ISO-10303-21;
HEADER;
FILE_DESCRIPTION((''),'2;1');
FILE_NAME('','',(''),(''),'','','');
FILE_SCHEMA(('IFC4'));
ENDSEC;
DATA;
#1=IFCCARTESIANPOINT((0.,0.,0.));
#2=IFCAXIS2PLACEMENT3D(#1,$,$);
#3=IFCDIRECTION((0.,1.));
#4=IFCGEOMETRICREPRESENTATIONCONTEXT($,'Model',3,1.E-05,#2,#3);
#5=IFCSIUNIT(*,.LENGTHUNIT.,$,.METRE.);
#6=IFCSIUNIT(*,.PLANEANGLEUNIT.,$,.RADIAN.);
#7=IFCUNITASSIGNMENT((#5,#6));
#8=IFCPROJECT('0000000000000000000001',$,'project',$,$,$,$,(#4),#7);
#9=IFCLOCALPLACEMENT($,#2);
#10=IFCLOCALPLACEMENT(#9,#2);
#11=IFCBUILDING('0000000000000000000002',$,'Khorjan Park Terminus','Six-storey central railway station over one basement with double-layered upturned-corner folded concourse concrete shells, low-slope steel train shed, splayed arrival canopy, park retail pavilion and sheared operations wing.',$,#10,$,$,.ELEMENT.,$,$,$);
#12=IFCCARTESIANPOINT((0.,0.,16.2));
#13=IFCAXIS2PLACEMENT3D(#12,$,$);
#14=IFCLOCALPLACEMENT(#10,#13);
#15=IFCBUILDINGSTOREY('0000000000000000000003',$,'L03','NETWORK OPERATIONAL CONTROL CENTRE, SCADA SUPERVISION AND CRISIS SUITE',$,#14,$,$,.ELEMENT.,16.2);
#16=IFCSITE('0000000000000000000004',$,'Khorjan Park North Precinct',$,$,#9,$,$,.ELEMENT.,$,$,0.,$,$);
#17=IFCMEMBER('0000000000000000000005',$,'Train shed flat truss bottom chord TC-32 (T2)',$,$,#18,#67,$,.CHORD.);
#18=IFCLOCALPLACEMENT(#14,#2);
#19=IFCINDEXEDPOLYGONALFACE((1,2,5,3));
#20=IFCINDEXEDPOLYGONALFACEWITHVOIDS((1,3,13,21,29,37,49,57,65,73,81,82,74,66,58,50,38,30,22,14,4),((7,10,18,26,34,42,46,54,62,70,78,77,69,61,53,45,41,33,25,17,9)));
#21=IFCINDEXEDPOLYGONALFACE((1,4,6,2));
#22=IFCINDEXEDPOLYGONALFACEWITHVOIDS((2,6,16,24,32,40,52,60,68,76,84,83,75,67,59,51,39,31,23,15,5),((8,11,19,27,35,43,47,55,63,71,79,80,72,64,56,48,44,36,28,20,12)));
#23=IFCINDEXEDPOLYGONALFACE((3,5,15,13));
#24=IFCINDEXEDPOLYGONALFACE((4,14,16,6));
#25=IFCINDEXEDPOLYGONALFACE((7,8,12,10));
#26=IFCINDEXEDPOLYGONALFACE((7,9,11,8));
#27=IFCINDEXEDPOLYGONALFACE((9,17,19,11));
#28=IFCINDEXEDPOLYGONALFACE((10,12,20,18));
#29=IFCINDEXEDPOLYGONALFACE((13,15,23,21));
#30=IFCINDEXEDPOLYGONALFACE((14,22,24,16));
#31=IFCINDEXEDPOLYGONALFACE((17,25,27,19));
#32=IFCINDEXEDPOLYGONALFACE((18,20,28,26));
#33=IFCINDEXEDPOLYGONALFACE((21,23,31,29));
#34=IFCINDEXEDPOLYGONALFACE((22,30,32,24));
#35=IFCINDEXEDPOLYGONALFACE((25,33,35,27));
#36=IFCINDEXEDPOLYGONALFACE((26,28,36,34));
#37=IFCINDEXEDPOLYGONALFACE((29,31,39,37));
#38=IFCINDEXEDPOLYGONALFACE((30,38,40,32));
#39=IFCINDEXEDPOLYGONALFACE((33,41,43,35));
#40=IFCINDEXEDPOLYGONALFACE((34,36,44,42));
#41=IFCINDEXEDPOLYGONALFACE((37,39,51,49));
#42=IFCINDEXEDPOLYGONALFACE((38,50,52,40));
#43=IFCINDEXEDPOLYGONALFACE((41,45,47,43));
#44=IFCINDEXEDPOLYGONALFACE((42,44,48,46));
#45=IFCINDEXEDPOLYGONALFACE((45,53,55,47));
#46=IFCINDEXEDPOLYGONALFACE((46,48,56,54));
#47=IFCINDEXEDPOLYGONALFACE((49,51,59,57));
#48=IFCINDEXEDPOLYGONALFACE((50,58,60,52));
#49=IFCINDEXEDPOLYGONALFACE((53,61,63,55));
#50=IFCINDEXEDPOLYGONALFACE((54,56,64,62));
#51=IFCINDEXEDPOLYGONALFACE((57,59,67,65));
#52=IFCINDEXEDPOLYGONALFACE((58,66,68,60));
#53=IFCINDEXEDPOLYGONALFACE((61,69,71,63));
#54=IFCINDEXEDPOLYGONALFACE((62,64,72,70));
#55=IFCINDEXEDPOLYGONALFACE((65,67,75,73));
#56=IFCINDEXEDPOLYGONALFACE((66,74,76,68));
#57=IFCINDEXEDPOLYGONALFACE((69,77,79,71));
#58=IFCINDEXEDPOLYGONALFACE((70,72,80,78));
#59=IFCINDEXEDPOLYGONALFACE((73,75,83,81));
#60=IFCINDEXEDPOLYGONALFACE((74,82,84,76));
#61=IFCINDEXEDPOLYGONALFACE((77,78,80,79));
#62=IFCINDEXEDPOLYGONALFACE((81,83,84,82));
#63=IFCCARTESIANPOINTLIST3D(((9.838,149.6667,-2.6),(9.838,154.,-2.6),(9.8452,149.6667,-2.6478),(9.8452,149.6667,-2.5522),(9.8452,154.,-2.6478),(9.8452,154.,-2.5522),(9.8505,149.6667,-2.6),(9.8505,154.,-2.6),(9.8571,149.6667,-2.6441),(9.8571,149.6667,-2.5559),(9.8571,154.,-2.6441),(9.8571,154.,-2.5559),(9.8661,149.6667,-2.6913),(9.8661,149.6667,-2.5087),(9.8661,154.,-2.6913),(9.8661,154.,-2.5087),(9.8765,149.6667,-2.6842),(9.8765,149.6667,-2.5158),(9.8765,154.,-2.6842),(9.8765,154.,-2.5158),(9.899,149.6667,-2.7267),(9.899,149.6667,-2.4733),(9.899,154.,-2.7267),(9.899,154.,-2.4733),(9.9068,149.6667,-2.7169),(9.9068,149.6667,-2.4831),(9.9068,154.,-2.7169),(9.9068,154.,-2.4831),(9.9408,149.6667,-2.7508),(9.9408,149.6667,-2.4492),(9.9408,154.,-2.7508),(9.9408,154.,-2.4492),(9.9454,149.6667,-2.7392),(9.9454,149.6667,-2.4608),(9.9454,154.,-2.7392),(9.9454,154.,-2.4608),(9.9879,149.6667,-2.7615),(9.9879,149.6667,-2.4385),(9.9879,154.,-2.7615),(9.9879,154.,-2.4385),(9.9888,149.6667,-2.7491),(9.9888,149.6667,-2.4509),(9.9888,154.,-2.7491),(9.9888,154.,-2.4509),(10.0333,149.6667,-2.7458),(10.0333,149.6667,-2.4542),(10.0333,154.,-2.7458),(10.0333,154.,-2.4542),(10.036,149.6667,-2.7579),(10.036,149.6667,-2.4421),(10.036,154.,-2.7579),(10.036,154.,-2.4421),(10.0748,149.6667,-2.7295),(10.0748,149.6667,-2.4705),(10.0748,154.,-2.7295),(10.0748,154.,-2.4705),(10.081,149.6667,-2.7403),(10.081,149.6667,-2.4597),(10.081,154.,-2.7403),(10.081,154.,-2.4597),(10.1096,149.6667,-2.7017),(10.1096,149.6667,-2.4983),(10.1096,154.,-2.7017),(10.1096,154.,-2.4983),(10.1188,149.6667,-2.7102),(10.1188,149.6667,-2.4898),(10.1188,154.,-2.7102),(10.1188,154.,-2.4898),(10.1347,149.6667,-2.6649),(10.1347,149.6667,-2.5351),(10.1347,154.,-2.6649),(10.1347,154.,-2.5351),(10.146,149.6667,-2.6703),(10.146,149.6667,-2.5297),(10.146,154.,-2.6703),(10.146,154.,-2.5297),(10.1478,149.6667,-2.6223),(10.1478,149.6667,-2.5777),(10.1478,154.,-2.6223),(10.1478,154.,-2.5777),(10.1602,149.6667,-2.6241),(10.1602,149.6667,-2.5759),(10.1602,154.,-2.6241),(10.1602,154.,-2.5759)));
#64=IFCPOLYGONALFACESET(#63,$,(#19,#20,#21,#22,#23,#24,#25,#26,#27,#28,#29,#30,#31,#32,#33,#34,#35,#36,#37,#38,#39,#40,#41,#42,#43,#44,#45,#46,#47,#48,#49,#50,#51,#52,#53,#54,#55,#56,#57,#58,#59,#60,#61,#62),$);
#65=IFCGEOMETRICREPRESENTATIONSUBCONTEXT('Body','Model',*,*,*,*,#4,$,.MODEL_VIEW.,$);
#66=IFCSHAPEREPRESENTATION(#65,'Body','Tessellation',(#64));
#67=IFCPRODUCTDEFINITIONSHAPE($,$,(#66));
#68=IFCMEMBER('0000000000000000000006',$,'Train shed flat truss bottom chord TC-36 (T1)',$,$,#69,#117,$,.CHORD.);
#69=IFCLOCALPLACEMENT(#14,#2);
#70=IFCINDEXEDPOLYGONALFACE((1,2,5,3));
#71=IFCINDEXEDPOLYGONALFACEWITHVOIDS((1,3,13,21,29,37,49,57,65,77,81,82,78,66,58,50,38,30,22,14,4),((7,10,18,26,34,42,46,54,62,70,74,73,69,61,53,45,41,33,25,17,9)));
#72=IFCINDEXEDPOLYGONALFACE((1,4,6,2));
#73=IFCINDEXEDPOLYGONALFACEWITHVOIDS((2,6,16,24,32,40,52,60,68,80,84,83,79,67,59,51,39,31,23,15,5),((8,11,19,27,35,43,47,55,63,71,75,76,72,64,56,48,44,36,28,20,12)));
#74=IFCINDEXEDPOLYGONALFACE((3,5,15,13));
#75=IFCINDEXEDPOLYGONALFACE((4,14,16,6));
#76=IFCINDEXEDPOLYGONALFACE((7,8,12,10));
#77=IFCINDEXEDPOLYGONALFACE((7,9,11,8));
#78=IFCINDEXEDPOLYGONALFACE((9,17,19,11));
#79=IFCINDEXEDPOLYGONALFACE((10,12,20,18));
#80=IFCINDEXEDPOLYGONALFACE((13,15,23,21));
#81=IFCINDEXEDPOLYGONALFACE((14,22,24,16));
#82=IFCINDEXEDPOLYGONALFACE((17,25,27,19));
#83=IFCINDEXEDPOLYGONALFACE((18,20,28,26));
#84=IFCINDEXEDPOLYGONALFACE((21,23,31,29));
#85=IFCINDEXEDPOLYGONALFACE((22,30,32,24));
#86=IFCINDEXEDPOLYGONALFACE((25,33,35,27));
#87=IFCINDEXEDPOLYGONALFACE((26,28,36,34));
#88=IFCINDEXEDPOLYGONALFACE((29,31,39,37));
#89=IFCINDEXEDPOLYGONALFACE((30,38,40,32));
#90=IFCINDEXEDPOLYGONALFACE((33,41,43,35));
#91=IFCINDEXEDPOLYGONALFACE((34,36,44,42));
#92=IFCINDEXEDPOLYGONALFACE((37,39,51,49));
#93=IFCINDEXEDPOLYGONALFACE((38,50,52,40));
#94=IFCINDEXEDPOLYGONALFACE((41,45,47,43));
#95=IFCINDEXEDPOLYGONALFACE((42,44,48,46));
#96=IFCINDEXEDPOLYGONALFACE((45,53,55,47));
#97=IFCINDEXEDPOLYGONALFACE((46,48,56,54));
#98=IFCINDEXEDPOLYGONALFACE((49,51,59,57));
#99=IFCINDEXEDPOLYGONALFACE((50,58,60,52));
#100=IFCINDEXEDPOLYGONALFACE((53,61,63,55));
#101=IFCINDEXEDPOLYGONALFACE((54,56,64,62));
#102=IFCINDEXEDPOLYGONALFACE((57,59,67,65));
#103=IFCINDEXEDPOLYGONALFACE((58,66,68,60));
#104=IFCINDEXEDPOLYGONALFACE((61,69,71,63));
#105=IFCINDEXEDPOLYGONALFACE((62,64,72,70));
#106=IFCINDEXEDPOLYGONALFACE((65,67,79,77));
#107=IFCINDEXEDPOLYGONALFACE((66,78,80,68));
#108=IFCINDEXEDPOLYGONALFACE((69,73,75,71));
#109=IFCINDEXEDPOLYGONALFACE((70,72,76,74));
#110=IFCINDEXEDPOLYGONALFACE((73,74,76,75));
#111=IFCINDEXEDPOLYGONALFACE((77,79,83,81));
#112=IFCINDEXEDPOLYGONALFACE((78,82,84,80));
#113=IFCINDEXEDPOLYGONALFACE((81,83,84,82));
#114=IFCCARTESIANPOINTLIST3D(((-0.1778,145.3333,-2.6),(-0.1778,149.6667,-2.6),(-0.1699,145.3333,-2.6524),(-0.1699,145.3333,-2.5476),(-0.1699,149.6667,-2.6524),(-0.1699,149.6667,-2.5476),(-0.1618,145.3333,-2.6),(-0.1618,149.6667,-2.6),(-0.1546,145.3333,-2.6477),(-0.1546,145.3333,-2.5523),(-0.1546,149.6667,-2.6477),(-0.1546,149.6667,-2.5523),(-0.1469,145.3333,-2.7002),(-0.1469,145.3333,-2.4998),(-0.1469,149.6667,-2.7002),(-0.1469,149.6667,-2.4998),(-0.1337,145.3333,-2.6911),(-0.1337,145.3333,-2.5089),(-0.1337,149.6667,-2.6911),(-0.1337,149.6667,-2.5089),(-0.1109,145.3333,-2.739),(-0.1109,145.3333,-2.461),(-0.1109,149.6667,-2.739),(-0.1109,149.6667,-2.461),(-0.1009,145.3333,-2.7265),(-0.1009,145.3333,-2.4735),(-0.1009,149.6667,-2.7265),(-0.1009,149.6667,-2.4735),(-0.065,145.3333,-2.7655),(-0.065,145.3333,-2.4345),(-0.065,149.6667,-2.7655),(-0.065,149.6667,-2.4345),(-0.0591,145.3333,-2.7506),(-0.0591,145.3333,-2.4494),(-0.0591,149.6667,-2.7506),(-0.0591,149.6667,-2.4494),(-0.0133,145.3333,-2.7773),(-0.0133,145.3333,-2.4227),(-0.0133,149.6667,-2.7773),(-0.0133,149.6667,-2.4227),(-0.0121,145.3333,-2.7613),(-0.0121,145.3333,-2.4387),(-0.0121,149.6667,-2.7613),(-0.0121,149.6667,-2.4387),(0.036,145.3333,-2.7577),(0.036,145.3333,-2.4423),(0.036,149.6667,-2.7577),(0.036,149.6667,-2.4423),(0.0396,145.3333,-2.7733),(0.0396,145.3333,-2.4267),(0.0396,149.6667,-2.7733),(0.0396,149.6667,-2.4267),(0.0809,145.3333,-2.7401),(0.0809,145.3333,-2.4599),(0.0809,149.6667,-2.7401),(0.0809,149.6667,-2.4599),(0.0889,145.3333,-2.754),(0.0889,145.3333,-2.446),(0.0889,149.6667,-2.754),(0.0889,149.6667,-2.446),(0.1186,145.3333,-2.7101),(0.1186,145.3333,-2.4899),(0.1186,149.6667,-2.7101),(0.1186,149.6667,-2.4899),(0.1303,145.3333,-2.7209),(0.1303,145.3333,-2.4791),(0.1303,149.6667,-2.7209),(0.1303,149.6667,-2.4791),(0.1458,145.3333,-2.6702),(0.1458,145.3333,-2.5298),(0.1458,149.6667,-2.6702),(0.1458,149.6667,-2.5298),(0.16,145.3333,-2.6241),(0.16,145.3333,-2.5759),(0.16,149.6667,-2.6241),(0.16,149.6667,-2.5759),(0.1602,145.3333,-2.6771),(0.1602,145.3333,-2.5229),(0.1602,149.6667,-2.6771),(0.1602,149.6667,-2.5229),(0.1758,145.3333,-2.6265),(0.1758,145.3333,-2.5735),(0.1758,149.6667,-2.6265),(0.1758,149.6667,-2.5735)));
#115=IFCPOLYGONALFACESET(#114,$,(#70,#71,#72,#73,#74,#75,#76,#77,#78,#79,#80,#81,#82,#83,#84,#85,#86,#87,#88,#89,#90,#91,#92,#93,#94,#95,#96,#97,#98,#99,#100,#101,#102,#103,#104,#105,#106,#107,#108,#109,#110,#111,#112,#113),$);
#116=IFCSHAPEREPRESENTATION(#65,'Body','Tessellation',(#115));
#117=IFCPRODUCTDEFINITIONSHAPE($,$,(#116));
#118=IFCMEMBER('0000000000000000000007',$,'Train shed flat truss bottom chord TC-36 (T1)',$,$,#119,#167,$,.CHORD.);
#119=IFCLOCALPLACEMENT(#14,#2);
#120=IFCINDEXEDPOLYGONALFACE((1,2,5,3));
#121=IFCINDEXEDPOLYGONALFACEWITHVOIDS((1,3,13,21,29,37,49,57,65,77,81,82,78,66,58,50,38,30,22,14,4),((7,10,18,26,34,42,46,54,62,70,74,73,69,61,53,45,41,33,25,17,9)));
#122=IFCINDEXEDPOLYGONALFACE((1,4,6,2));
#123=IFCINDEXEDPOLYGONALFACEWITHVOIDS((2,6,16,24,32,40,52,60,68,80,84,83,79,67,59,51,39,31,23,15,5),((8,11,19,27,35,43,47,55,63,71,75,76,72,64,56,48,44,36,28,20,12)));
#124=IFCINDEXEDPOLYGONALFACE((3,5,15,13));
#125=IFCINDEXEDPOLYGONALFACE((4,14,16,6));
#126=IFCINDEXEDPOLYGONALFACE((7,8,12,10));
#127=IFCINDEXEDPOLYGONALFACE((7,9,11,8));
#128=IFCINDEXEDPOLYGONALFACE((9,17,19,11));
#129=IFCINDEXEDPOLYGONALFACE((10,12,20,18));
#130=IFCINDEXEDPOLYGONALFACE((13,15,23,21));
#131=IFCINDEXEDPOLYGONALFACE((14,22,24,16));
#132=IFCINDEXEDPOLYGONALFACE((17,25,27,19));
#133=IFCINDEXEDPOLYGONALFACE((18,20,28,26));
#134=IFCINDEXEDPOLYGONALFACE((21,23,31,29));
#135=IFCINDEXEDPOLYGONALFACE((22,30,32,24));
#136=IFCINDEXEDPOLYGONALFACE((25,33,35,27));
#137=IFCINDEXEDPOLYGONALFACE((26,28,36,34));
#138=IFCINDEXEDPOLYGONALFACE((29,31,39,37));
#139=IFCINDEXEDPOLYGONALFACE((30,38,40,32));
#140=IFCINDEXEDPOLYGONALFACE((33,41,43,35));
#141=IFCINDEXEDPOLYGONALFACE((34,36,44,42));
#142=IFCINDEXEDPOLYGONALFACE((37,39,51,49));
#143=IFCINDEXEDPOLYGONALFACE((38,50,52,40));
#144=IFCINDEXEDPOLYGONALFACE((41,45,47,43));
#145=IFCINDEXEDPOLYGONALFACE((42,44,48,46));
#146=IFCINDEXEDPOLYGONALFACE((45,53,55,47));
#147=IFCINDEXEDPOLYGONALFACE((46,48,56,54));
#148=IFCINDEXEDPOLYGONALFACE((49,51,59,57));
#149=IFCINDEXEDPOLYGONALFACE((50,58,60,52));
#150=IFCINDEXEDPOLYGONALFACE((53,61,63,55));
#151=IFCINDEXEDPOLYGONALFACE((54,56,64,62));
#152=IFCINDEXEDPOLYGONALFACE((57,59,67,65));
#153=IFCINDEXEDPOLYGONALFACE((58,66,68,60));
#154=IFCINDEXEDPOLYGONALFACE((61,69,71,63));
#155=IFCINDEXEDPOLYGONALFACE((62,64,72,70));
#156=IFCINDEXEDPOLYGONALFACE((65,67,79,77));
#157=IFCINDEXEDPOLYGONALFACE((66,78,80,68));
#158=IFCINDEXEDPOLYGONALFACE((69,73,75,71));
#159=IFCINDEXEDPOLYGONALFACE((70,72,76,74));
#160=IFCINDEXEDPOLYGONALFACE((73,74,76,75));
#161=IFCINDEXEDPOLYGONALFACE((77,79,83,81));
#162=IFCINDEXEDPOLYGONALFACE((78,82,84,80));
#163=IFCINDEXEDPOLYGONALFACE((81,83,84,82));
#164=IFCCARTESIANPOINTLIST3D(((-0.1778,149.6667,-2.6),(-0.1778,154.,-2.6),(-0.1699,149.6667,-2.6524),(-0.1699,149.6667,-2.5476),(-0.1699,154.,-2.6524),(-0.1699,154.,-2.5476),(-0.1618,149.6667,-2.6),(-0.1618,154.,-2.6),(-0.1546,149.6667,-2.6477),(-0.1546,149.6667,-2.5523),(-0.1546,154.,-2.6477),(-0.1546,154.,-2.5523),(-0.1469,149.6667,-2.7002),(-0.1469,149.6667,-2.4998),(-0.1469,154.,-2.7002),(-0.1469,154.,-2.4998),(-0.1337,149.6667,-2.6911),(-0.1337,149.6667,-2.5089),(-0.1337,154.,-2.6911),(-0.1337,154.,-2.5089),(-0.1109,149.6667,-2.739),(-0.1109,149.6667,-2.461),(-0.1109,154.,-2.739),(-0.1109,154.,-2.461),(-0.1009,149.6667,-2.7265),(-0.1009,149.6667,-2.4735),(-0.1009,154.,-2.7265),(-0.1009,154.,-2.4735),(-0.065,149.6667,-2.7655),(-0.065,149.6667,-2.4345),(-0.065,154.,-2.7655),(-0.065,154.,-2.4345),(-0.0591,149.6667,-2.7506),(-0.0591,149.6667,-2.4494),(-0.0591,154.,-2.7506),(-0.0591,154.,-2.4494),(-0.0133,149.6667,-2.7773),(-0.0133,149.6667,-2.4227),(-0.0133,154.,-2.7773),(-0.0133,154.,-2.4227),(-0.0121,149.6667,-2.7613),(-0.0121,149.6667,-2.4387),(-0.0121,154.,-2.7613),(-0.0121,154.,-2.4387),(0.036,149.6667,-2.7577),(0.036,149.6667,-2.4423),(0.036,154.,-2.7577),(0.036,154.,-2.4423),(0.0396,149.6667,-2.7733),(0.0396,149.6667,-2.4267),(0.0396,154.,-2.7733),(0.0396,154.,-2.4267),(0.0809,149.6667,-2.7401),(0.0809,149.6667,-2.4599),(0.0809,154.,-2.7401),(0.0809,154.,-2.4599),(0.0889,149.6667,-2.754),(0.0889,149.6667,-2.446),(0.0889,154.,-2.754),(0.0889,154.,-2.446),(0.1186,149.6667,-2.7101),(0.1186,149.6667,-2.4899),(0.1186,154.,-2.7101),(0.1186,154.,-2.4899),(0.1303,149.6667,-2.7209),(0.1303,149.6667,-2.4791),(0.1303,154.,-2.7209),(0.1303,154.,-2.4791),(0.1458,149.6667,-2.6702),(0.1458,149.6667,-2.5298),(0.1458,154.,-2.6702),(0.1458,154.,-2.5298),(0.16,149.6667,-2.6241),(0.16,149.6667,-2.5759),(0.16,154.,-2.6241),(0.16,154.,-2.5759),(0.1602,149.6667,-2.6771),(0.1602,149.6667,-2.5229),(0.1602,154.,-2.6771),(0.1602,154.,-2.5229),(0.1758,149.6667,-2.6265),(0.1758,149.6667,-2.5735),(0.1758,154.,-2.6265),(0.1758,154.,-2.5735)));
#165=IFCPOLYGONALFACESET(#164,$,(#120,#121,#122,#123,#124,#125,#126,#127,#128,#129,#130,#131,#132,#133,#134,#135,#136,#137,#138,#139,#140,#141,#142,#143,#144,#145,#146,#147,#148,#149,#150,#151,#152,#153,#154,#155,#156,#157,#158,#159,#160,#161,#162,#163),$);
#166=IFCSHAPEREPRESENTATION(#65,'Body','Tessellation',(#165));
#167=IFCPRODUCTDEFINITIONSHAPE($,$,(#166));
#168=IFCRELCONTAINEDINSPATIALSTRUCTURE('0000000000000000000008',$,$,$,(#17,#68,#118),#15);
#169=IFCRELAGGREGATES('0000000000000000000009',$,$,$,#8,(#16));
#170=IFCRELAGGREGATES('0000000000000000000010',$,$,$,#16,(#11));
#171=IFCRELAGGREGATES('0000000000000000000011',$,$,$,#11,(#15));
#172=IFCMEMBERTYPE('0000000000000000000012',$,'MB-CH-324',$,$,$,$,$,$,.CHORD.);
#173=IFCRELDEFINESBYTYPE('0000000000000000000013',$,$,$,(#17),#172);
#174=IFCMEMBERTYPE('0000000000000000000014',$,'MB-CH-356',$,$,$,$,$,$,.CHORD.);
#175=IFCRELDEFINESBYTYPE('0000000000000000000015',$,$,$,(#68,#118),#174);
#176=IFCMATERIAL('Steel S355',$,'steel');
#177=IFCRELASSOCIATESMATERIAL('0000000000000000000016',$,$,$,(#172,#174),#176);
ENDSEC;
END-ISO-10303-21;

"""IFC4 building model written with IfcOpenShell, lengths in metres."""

from ifc_helpers import new_model, si_unit, direction, frame, origin, origin_2d, place, context, subcontext, project, spatial, hollow_circle, extrude, material, material_profile, profile_set, type_object, element, save


model = new_model("IFC4")

# Units and contexts
model_context = context("Model", 3, precision=1e-05, world=origin(), true_north=direction((0.0, 1.0)))
body_context = subcontext(model_context, "Body", "Model", "MODEL_VIEW")
ifc_project = project(units=[si_unit("LENGTHUNIT", "METRE"), si_unit("PLANEANGLEUNIT", "RADIAN")], contexts=[model_context])

# Site, building, storey
site_placement = place(None, origin())
site = spatial("IfcSite", under=ifc_project, at=site_placement, Name="Khorjan Park North Precinct", CompositionType="ELEMENT", RefElevation=0.0)
building_placement = place(site_placement, origin())
building = spatial("IfcBuilding", under=site, at=building_placement, Name="Khorjan Park Terminus", Description="Six-storey central railway station over one basement with double-layered upturned-corner folded concourse concrete shells, low-slope steel train shed, splayed arrival canopy, park retail pavilion and sheared operations wing.", CompositionType="ELEMENT")
storey_placement = place(building_placement, frame((0.0, 0.0, 16.2)))
storey = spatial("IfcBuildingStorey", under=building, at=storey_placement, Name="L03", Description="NETWORK OPERATIONAL CONTROL CENTRE, SCADA SUPERVISION AND CRISIS SUITE", CompositionType="ELEMENT", Elevation=16.2)

# Members
ifc_material = material(Name="Steel S355", Category="steel")
ifc_material_profile_1 = material_profile(ifc_material, hollow_circle(Radius=0.162, WallThickness=0.0125, at=origin_2d()), Name="CHS 323.9x12.5")
ifc_profile_set_1 = profile_set([ifc_material_profile_1], Name="Steel S355")
member_type_1 = type_object("IfcMemberType", Name="MB-CH-324", PredefinedType="CHORD", material=ifc_profile_set_1)
member_1_placement = place(storey_placement, frame((10.0, 149.6667, -2.6), z_axis=(0.0, 1.0, 0.0), x_axis=(-1.0, 0.0, 0.0)))
element("IfcMember", 1, at=member_1_placement, inside=storey, type_object=member_type_1, Name="Train shed flat truss bottom chord TC-32 (T2)", PredefinedType="CHORD", context=body_context, shape_type="SweptSolid", body=[
    extrude(hollow_circle(Radius=0.162, WallThickness=0.0125, at=origin_2d()), origin(), (0.0, 0.0, 1.0), 4.3333),
])
ifc_material_profile_2 = material_profile(ifc_material, hollow_circle(Radius=0.1778, WallThickness=0.016, at=origin_2d()), Name="CHS 355.6x16")
ifc_profile_set_2 = profile_set([ifc_material_profile_2], Name="Steel S355")
member_type_2 = type_object("IfcMemberType", Name="MB-CH-356", PredefinedType="CHORD", material=ifc_profile_set_2)
member_2_placement = place(storey_placement, frame((0.0, 145.3333, -2.6), z_axis=(0.0, 1.0, 0.0), x_axis=(-1.0, 0.0, 0.0)))
element("IfcMember", 2, at=member_2_placement, inside=storey, type_object=member_type_2, Name="Train shed flat truss bottom chord TC-36 (T1)", PredefinedType="CHORD", context=body_context, shape_type="SweptSolid", body=[
    extrude(hollow_circle(Radius=0.1778, WallThickness=0.016, at=origin_2d()), origin(), (0.0, 0.0, 1.0), 4.3334),
])
member_3_placement = place(storey_placement, frame((0.0, 149.6667, -2.6), z_axis=(0.0, 1.0, 0.0), x_axis=(-1.0, 0.0, 0.0)))
element("IfcMember", 3, at=member_3_placement, inside=storey, type_object=member_type_2, Name="Train shed flat truss bottom chord TC-36 (T1)", PredefinedType="CHORD", context=body_context, shape_type="SweptSolid", body=[
    extrude(hollow_circle(Radius=0.1778, WallThickness=0.016, at=origin_2d()), origin(), (0.0, 0.0, 1.0), 4.3333),
])

save(model, "model.ifc")
